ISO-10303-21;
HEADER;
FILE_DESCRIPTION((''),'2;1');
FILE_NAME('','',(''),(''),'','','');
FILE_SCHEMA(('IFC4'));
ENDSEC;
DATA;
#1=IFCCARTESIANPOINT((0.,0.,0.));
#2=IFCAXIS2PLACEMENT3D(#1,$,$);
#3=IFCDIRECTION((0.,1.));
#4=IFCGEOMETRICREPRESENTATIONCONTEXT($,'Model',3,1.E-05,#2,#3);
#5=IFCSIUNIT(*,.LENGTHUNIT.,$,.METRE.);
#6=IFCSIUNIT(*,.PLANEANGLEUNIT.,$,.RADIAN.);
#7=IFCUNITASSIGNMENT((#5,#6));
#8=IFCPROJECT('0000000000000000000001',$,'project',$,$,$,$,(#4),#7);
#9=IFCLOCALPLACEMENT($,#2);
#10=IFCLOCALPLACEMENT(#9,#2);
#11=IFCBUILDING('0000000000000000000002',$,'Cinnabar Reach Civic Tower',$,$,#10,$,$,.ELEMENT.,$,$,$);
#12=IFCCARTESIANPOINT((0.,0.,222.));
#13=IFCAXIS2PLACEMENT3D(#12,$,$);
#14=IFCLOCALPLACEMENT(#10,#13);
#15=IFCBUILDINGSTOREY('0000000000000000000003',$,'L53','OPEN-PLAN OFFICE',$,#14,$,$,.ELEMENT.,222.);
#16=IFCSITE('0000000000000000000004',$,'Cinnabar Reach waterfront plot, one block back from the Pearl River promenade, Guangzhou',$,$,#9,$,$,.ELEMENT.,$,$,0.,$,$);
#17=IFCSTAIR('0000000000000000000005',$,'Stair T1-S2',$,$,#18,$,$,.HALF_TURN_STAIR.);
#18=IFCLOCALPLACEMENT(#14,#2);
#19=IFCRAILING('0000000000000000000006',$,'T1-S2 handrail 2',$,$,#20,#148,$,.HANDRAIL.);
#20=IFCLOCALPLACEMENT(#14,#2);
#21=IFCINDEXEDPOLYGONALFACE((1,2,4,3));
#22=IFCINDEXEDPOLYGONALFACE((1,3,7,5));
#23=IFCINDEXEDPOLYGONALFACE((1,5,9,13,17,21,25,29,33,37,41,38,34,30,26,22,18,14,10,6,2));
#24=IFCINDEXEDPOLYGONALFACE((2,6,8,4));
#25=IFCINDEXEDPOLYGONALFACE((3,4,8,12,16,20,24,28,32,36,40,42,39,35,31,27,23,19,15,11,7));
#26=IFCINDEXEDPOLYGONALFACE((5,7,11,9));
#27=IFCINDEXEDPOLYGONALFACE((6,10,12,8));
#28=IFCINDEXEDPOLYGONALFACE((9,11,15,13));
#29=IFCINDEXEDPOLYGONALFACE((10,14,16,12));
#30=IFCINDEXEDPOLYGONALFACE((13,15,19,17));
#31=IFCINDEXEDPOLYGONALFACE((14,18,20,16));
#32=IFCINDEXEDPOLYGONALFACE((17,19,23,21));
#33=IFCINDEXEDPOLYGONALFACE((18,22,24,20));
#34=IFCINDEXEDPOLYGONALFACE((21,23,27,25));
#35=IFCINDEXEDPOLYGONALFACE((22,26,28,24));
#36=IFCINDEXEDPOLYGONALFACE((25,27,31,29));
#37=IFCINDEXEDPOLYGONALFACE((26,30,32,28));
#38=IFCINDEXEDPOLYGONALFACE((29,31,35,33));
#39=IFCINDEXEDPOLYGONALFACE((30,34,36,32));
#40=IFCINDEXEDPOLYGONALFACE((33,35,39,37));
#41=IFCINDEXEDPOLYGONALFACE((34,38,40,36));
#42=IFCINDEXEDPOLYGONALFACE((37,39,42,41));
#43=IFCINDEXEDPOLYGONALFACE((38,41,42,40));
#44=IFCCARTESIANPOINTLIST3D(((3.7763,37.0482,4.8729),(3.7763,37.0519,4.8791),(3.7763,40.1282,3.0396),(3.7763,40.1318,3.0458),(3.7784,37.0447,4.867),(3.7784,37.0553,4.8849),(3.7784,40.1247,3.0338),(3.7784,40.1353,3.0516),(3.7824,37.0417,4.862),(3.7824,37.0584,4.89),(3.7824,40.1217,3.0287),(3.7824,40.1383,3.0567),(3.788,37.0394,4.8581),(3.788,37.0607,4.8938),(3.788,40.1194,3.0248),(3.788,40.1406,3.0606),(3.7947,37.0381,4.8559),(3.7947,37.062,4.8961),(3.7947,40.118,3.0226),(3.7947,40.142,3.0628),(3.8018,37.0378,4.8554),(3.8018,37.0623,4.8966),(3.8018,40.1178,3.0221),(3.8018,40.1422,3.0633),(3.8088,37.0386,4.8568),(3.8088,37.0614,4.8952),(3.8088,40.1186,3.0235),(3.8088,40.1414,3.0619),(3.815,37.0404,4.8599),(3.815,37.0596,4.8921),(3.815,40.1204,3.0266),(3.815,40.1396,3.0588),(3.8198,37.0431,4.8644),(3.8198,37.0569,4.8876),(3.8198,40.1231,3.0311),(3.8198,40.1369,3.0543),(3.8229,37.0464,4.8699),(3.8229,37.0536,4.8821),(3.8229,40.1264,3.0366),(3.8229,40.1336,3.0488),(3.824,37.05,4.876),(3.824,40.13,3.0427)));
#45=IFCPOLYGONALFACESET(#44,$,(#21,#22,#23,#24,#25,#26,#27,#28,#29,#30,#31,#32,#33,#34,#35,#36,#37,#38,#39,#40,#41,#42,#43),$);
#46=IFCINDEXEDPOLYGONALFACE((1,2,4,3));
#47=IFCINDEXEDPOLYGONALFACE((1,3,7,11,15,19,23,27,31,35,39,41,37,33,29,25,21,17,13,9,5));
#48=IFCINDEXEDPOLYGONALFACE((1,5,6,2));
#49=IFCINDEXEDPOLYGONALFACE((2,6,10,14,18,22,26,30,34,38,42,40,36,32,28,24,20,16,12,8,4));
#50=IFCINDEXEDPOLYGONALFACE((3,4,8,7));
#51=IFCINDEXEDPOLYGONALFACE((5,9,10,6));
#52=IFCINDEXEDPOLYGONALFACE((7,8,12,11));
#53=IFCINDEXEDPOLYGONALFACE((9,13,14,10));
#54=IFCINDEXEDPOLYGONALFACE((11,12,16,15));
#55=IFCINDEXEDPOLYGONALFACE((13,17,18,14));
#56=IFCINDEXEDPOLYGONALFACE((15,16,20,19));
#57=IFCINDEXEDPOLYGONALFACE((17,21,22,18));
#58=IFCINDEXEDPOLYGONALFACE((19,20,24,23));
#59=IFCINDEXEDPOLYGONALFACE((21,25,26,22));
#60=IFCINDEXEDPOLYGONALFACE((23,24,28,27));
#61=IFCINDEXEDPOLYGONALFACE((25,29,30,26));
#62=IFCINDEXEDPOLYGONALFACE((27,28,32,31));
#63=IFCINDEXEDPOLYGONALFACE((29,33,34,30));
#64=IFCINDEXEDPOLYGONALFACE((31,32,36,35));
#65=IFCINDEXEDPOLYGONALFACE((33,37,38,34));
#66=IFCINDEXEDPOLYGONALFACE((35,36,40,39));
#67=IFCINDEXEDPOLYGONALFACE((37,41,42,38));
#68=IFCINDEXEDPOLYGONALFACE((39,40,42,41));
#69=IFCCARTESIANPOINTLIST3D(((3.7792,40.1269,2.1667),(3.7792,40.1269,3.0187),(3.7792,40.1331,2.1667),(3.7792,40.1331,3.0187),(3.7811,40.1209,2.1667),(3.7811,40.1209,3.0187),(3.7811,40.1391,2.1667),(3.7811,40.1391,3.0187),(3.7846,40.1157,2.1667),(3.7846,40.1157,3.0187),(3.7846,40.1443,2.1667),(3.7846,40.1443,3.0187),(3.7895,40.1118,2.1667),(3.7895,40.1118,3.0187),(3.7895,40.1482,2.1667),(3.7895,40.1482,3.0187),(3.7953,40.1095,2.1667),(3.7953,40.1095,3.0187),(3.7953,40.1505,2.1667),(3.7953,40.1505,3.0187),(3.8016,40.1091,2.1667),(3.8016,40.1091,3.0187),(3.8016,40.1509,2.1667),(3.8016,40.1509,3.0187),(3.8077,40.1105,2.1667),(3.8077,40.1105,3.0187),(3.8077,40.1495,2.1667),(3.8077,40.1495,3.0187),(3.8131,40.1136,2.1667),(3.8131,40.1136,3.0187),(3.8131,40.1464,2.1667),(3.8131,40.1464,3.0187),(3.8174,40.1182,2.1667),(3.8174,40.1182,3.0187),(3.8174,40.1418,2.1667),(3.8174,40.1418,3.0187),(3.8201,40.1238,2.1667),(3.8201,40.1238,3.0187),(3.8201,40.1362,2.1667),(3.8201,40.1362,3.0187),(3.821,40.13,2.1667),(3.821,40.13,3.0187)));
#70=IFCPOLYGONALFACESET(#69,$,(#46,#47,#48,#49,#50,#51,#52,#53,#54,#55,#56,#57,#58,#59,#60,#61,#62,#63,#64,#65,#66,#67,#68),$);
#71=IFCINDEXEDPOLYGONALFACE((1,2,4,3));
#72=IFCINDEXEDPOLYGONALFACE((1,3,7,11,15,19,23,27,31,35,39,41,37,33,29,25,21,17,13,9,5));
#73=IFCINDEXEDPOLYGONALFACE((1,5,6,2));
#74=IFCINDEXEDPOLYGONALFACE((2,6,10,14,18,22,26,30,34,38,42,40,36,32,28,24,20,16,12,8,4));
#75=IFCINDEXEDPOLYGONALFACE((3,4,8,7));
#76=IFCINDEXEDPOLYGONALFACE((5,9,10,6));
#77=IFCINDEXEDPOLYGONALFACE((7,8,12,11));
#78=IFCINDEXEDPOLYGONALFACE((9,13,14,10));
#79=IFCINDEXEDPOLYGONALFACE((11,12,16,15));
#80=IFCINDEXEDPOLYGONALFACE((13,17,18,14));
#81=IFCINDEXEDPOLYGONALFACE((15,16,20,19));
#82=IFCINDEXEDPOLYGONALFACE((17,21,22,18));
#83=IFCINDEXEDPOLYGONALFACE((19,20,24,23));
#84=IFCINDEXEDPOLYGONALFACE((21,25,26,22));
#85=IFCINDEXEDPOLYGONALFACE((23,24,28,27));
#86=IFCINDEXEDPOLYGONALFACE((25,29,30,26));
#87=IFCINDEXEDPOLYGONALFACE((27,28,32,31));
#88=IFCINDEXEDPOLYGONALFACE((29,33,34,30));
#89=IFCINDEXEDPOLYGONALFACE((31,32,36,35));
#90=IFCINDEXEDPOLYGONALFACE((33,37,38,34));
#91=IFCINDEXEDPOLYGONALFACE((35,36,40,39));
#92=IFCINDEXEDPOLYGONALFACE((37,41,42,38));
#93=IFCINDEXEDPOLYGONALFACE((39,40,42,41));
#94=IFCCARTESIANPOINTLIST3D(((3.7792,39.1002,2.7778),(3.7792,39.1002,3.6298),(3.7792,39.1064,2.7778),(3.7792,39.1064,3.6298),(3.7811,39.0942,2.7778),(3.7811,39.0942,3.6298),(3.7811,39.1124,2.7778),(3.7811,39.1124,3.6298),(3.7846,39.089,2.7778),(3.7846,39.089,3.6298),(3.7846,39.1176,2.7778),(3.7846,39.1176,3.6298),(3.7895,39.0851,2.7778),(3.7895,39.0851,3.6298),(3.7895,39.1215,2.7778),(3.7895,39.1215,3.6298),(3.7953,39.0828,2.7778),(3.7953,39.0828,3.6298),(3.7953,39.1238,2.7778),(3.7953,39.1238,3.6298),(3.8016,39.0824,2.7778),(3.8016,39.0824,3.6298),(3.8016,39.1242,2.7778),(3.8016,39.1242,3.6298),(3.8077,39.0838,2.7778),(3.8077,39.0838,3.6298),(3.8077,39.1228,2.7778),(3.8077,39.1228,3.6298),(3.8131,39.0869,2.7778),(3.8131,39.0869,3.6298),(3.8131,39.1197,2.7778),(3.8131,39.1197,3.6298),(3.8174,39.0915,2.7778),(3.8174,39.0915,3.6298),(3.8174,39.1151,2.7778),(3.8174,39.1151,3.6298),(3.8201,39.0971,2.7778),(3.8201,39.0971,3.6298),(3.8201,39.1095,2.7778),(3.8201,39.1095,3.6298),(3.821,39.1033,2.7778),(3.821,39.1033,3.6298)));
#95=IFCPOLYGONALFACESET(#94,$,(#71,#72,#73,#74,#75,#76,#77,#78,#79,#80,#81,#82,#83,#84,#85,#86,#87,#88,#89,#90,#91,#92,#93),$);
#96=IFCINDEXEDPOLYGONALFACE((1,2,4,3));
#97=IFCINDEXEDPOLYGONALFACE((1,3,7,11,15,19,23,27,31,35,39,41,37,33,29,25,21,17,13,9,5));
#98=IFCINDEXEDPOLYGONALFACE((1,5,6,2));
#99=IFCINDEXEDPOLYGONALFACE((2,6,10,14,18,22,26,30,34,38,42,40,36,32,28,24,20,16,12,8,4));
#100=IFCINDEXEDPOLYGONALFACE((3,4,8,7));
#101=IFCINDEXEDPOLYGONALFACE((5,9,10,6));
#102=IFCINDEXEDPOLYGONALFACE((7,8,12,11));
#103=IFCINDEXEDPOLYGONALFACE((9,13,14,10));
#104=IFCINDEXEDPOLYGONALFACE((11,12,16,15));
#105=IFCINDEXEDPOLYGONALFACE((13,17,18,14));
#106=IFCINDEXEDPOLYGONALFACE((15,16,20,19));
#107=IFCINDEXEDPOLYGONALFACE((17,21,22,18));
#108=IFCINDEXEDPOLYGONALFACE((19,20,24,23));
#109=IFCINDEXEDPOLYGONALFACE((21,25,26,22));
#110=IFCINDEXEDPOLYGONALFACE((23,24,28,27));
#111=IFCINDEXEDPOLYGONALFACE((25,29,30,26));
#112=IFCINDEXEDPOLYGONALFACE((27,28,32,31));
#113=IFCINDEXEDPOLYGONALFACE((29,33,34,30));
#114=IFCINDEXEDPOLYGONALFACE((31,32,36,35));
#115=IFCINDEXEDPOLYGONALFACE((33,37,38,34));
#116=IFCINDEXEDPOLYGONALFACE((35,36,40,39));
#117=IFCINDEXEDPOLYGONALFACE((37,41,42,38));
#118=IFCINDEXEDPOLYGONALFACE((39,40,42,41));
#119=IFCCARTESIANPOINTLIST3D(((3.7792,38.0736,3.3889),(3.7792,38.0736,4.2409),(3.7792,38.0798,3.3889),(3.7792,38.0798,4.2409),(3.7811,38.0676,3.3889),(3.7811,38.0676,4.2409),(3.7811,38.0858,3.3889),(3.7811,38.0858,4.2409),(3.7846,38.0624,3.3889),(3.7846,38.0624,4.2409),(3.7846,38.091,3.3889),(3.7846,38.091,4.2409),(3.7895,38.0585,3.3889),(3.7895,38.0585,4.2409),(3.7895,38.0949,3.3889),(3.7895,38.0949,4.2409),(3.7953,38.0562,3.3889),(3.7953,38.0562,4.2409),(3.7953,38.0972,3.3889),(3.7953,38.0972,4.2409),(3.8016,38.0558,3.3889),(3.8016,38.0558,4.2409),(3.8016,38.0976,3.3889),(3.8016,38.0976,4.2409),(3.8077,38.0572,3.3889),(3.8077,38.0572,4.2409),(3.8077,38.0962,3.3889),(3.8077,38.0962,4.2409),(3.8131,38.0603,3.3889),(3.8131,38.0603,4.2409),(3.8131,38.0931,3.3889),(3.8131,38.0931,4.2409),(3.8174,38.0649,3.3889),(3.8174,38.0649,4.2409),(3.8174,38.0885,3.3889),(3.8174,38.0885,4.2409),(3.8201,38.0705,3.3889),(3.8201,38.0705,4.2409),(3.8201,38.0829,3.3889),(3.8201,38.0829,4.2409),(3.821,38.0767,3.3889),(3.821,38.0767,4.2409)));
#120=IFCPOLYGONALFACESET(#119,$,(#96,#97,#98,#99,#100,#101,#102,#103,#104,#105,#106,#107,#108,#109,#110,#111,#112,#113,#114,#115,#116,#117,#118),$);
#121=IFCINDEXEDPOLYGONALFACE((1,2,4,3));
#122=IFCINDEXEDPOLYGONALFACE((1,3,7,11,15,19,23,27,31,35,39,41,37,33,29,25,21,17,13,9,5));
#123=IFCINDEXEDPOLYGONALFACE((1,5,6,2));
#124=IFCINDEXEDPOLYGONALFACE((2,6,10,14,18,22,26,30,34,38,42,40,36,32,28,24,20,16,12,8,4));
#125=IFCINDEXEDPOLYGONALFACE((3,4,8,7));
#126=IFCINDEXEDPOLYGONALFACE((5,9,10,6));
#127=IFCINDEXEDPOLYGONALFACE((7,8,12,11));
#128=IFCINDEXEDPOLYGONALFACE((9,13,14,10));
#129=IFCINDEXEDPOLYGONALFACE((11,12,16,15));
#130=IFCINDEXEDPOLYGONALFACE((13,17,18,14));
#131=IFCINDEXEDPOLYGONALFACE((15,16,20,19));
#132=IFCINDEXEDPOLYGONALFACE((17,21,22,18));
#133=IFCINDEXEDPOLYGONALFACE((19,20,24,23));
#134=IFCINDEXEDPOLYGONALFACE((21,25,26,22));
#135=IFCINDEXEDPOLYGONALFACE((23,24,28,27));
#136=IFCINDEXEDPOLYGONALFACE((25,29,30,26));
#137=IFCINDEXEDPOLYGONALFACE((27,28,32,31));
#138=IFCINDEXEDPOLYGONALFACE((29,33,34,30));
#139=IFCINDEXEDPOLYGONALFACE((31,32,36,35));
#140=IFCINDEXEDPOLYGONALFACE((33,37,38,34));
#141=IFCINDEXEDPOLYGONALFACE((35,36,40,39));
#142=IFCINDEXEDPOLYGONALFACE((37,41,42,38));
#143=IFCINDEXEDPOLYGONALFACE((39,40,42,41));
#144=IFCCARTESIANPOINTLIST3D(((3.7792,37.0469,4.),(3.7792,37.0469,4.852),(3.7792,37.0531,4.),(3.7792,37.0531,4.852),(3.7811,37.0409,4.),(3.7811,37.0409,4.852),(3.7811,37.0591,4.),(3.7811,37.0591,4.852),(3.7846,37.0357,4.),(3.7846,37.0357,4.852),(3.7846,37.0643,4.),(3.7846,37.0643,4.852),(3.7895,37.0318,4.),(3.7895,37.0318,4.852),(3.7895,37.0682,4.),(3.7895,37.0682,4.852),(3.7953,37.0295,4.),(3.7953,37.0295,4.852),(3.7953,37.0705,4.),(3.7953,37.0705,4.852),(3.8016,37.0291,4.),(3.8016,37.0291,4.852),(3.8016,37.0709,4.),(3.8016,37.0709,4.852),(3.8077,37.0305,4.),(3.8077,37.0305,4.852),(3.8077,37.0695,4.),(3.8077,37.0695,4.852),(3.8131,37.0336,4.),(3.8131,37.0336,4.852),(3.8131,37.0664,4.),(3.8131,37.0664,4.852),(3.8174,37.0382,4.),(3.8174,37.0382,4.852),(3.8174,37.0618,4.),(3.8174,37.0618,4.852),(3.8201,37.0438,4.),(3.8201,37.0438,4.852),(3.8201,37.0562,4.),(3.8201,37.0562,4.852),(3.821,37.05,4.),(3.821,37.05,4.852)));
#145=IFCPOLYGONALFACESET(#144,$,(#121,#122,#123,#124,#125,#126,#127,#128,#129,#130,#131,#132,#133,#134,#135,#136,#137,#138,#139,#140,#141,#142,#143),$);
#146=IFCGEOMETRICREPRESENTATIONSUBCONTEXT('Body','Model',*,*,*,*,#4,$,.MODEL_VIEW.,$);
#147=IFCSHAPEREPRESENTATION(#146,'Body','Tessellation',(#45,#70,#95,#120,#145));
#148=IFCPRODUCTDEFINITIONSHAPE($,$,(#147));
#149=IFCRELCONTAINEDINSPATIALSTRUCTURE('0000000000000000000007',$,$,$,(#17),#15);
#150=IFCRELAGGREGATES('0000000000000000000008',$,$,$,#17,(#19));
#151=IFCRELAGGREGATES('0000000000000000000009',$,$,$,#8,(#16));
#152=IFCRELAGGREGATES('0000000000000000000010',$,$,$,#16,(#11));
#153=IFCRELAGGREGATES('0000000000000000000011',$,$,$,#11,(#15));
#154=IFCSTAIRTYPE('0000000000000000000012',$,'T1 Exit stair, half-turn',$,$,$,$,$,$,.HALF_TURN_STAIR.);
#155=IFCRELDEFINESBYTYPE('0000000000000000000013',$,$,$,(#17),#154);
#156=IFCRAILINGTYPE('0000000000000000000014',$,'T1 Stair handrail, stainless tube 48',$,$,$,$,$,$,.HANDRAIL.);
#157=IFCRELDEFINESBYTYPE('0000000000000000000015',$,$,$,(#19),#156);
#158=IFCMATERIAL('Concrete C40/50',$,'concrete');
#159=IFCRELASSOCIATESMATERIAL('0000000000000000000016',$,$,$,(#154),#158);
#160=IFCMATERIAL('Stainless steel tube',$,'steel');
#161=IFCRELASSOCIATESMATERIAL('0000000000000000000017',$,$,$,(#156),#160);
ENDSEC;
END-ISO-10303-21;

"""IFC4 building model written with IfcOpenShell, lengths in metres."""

from ifc_helpers import new_model, si_unit, direction, frame, origin, origin_2d, place, context, subcontext, project, spatial, circle, extrude, material, type_object, element, aggregate, save


model = new_model("IFC4")

# Units and contexts
model_context = context("Model", 3, precision=1e-05, world=origin(), true_north=direction((0.0, 1.0)))
body_context = subcontext(model_context, "Body", "Model", "MODEL_VIEW")
ifc_project = project(units=[si_unit("LENGTHUNIT", "METRE"), si_unit("PLANEANGLEUNIT", "RADIAN")], contexts=[model_context])

# Site, building, storey
site_placement = place(None, origin())
site = spatial("IfcSite", under=ifc_project, at=site_placement, Name="Cinnabar Reach waterfront plot, one block back from the Pearl River promenade, Guangzhou", CompositionType="ELEMENT", RefElevation=0.0)
building_placement = place(site_placement, origin())
building = spatial("IfcBuilding", under=site, at=building_placement, Name="Cinnabar Reach Civic Tower", CompositionType="ELEMENT")
storey_placement = place(building_placement, frame((0.0, 0.0, 222.0)))
storey = spatial("IfcBuildingStorey", under=building, at=storey_placement, Name="L53", Description="OPEN-PLAN OFFICE", CompositionType="ELEMENT", Elevation=222.0)

# Shared definitions
ifc_material_1 = material(Name="Concrete C40/50", Category="concrete")

# Stair, railing
stair_type = type_object("IfcStairType", Name="T1 Exit stair, half-turn", PredefinedType="HALF_TURN_STAIR", material=ifc_material_1)
stair_placement = place(storey_placement, origin())
stair = element("IfcStair", 1, at=stair_placement, inside=storey, type_object=stair_type, Name="Stair T1-S2", PredefinedType="HALF_TURN_STAIR")
ifc_material_2 = material(Name="Stainless steel tube", Category="steel")
railing_type = type_object("IfcRailingType", Name="T1 Stair handrail, stainless tube 48", PredefinedType="HANDRAIL", material=ifc_material_2)
railing_1_placement = place(storey_placement, frame((3.8, 40.13, 2.1667)))
railing_1 = element("IfcRailing", 2, at=railing_1_placement, type_object=railing_type, Name="T1-S2 handrail 2", PredefinedType="HANDRAIL", context=body_context, shape_type="SweptSolid", body=[
    extrude(circle(Radius=0.024, at=origin_2d()), frame((0.0, 0.0, 0.876), z_axis=(0.0, -0.859297, 0.511477), x_axis=(1.0, 0.0, 0.0)), (0.0, 0.0, 1.0), 3.5843),
    extrude(circle(Radius=0.021, at=origin_2d()), origin(), (0.0, 0.0, 1.0), 0.852),
    extrude(circle(Radius=0.021, at=origin_2d()), frame((0.0, -1.0267, 0.6111)), (0.0, 0.0, 1.0), 0.852),
    extrude(circle(Radius=0.021, at=origin_2d()), frame((0.0, -2.0533, 1.2222)), (0.0, 0.0, 1.0), 0.852),
    extrude(circle(Radius=0.021, at=origin_2d()), frame((0.0, -3.08, 1.8333)), (0.0, 0.0, 1.0), 0.852),
])
aggregate(stair, [railing_1])

save(model, "model.ifc")
